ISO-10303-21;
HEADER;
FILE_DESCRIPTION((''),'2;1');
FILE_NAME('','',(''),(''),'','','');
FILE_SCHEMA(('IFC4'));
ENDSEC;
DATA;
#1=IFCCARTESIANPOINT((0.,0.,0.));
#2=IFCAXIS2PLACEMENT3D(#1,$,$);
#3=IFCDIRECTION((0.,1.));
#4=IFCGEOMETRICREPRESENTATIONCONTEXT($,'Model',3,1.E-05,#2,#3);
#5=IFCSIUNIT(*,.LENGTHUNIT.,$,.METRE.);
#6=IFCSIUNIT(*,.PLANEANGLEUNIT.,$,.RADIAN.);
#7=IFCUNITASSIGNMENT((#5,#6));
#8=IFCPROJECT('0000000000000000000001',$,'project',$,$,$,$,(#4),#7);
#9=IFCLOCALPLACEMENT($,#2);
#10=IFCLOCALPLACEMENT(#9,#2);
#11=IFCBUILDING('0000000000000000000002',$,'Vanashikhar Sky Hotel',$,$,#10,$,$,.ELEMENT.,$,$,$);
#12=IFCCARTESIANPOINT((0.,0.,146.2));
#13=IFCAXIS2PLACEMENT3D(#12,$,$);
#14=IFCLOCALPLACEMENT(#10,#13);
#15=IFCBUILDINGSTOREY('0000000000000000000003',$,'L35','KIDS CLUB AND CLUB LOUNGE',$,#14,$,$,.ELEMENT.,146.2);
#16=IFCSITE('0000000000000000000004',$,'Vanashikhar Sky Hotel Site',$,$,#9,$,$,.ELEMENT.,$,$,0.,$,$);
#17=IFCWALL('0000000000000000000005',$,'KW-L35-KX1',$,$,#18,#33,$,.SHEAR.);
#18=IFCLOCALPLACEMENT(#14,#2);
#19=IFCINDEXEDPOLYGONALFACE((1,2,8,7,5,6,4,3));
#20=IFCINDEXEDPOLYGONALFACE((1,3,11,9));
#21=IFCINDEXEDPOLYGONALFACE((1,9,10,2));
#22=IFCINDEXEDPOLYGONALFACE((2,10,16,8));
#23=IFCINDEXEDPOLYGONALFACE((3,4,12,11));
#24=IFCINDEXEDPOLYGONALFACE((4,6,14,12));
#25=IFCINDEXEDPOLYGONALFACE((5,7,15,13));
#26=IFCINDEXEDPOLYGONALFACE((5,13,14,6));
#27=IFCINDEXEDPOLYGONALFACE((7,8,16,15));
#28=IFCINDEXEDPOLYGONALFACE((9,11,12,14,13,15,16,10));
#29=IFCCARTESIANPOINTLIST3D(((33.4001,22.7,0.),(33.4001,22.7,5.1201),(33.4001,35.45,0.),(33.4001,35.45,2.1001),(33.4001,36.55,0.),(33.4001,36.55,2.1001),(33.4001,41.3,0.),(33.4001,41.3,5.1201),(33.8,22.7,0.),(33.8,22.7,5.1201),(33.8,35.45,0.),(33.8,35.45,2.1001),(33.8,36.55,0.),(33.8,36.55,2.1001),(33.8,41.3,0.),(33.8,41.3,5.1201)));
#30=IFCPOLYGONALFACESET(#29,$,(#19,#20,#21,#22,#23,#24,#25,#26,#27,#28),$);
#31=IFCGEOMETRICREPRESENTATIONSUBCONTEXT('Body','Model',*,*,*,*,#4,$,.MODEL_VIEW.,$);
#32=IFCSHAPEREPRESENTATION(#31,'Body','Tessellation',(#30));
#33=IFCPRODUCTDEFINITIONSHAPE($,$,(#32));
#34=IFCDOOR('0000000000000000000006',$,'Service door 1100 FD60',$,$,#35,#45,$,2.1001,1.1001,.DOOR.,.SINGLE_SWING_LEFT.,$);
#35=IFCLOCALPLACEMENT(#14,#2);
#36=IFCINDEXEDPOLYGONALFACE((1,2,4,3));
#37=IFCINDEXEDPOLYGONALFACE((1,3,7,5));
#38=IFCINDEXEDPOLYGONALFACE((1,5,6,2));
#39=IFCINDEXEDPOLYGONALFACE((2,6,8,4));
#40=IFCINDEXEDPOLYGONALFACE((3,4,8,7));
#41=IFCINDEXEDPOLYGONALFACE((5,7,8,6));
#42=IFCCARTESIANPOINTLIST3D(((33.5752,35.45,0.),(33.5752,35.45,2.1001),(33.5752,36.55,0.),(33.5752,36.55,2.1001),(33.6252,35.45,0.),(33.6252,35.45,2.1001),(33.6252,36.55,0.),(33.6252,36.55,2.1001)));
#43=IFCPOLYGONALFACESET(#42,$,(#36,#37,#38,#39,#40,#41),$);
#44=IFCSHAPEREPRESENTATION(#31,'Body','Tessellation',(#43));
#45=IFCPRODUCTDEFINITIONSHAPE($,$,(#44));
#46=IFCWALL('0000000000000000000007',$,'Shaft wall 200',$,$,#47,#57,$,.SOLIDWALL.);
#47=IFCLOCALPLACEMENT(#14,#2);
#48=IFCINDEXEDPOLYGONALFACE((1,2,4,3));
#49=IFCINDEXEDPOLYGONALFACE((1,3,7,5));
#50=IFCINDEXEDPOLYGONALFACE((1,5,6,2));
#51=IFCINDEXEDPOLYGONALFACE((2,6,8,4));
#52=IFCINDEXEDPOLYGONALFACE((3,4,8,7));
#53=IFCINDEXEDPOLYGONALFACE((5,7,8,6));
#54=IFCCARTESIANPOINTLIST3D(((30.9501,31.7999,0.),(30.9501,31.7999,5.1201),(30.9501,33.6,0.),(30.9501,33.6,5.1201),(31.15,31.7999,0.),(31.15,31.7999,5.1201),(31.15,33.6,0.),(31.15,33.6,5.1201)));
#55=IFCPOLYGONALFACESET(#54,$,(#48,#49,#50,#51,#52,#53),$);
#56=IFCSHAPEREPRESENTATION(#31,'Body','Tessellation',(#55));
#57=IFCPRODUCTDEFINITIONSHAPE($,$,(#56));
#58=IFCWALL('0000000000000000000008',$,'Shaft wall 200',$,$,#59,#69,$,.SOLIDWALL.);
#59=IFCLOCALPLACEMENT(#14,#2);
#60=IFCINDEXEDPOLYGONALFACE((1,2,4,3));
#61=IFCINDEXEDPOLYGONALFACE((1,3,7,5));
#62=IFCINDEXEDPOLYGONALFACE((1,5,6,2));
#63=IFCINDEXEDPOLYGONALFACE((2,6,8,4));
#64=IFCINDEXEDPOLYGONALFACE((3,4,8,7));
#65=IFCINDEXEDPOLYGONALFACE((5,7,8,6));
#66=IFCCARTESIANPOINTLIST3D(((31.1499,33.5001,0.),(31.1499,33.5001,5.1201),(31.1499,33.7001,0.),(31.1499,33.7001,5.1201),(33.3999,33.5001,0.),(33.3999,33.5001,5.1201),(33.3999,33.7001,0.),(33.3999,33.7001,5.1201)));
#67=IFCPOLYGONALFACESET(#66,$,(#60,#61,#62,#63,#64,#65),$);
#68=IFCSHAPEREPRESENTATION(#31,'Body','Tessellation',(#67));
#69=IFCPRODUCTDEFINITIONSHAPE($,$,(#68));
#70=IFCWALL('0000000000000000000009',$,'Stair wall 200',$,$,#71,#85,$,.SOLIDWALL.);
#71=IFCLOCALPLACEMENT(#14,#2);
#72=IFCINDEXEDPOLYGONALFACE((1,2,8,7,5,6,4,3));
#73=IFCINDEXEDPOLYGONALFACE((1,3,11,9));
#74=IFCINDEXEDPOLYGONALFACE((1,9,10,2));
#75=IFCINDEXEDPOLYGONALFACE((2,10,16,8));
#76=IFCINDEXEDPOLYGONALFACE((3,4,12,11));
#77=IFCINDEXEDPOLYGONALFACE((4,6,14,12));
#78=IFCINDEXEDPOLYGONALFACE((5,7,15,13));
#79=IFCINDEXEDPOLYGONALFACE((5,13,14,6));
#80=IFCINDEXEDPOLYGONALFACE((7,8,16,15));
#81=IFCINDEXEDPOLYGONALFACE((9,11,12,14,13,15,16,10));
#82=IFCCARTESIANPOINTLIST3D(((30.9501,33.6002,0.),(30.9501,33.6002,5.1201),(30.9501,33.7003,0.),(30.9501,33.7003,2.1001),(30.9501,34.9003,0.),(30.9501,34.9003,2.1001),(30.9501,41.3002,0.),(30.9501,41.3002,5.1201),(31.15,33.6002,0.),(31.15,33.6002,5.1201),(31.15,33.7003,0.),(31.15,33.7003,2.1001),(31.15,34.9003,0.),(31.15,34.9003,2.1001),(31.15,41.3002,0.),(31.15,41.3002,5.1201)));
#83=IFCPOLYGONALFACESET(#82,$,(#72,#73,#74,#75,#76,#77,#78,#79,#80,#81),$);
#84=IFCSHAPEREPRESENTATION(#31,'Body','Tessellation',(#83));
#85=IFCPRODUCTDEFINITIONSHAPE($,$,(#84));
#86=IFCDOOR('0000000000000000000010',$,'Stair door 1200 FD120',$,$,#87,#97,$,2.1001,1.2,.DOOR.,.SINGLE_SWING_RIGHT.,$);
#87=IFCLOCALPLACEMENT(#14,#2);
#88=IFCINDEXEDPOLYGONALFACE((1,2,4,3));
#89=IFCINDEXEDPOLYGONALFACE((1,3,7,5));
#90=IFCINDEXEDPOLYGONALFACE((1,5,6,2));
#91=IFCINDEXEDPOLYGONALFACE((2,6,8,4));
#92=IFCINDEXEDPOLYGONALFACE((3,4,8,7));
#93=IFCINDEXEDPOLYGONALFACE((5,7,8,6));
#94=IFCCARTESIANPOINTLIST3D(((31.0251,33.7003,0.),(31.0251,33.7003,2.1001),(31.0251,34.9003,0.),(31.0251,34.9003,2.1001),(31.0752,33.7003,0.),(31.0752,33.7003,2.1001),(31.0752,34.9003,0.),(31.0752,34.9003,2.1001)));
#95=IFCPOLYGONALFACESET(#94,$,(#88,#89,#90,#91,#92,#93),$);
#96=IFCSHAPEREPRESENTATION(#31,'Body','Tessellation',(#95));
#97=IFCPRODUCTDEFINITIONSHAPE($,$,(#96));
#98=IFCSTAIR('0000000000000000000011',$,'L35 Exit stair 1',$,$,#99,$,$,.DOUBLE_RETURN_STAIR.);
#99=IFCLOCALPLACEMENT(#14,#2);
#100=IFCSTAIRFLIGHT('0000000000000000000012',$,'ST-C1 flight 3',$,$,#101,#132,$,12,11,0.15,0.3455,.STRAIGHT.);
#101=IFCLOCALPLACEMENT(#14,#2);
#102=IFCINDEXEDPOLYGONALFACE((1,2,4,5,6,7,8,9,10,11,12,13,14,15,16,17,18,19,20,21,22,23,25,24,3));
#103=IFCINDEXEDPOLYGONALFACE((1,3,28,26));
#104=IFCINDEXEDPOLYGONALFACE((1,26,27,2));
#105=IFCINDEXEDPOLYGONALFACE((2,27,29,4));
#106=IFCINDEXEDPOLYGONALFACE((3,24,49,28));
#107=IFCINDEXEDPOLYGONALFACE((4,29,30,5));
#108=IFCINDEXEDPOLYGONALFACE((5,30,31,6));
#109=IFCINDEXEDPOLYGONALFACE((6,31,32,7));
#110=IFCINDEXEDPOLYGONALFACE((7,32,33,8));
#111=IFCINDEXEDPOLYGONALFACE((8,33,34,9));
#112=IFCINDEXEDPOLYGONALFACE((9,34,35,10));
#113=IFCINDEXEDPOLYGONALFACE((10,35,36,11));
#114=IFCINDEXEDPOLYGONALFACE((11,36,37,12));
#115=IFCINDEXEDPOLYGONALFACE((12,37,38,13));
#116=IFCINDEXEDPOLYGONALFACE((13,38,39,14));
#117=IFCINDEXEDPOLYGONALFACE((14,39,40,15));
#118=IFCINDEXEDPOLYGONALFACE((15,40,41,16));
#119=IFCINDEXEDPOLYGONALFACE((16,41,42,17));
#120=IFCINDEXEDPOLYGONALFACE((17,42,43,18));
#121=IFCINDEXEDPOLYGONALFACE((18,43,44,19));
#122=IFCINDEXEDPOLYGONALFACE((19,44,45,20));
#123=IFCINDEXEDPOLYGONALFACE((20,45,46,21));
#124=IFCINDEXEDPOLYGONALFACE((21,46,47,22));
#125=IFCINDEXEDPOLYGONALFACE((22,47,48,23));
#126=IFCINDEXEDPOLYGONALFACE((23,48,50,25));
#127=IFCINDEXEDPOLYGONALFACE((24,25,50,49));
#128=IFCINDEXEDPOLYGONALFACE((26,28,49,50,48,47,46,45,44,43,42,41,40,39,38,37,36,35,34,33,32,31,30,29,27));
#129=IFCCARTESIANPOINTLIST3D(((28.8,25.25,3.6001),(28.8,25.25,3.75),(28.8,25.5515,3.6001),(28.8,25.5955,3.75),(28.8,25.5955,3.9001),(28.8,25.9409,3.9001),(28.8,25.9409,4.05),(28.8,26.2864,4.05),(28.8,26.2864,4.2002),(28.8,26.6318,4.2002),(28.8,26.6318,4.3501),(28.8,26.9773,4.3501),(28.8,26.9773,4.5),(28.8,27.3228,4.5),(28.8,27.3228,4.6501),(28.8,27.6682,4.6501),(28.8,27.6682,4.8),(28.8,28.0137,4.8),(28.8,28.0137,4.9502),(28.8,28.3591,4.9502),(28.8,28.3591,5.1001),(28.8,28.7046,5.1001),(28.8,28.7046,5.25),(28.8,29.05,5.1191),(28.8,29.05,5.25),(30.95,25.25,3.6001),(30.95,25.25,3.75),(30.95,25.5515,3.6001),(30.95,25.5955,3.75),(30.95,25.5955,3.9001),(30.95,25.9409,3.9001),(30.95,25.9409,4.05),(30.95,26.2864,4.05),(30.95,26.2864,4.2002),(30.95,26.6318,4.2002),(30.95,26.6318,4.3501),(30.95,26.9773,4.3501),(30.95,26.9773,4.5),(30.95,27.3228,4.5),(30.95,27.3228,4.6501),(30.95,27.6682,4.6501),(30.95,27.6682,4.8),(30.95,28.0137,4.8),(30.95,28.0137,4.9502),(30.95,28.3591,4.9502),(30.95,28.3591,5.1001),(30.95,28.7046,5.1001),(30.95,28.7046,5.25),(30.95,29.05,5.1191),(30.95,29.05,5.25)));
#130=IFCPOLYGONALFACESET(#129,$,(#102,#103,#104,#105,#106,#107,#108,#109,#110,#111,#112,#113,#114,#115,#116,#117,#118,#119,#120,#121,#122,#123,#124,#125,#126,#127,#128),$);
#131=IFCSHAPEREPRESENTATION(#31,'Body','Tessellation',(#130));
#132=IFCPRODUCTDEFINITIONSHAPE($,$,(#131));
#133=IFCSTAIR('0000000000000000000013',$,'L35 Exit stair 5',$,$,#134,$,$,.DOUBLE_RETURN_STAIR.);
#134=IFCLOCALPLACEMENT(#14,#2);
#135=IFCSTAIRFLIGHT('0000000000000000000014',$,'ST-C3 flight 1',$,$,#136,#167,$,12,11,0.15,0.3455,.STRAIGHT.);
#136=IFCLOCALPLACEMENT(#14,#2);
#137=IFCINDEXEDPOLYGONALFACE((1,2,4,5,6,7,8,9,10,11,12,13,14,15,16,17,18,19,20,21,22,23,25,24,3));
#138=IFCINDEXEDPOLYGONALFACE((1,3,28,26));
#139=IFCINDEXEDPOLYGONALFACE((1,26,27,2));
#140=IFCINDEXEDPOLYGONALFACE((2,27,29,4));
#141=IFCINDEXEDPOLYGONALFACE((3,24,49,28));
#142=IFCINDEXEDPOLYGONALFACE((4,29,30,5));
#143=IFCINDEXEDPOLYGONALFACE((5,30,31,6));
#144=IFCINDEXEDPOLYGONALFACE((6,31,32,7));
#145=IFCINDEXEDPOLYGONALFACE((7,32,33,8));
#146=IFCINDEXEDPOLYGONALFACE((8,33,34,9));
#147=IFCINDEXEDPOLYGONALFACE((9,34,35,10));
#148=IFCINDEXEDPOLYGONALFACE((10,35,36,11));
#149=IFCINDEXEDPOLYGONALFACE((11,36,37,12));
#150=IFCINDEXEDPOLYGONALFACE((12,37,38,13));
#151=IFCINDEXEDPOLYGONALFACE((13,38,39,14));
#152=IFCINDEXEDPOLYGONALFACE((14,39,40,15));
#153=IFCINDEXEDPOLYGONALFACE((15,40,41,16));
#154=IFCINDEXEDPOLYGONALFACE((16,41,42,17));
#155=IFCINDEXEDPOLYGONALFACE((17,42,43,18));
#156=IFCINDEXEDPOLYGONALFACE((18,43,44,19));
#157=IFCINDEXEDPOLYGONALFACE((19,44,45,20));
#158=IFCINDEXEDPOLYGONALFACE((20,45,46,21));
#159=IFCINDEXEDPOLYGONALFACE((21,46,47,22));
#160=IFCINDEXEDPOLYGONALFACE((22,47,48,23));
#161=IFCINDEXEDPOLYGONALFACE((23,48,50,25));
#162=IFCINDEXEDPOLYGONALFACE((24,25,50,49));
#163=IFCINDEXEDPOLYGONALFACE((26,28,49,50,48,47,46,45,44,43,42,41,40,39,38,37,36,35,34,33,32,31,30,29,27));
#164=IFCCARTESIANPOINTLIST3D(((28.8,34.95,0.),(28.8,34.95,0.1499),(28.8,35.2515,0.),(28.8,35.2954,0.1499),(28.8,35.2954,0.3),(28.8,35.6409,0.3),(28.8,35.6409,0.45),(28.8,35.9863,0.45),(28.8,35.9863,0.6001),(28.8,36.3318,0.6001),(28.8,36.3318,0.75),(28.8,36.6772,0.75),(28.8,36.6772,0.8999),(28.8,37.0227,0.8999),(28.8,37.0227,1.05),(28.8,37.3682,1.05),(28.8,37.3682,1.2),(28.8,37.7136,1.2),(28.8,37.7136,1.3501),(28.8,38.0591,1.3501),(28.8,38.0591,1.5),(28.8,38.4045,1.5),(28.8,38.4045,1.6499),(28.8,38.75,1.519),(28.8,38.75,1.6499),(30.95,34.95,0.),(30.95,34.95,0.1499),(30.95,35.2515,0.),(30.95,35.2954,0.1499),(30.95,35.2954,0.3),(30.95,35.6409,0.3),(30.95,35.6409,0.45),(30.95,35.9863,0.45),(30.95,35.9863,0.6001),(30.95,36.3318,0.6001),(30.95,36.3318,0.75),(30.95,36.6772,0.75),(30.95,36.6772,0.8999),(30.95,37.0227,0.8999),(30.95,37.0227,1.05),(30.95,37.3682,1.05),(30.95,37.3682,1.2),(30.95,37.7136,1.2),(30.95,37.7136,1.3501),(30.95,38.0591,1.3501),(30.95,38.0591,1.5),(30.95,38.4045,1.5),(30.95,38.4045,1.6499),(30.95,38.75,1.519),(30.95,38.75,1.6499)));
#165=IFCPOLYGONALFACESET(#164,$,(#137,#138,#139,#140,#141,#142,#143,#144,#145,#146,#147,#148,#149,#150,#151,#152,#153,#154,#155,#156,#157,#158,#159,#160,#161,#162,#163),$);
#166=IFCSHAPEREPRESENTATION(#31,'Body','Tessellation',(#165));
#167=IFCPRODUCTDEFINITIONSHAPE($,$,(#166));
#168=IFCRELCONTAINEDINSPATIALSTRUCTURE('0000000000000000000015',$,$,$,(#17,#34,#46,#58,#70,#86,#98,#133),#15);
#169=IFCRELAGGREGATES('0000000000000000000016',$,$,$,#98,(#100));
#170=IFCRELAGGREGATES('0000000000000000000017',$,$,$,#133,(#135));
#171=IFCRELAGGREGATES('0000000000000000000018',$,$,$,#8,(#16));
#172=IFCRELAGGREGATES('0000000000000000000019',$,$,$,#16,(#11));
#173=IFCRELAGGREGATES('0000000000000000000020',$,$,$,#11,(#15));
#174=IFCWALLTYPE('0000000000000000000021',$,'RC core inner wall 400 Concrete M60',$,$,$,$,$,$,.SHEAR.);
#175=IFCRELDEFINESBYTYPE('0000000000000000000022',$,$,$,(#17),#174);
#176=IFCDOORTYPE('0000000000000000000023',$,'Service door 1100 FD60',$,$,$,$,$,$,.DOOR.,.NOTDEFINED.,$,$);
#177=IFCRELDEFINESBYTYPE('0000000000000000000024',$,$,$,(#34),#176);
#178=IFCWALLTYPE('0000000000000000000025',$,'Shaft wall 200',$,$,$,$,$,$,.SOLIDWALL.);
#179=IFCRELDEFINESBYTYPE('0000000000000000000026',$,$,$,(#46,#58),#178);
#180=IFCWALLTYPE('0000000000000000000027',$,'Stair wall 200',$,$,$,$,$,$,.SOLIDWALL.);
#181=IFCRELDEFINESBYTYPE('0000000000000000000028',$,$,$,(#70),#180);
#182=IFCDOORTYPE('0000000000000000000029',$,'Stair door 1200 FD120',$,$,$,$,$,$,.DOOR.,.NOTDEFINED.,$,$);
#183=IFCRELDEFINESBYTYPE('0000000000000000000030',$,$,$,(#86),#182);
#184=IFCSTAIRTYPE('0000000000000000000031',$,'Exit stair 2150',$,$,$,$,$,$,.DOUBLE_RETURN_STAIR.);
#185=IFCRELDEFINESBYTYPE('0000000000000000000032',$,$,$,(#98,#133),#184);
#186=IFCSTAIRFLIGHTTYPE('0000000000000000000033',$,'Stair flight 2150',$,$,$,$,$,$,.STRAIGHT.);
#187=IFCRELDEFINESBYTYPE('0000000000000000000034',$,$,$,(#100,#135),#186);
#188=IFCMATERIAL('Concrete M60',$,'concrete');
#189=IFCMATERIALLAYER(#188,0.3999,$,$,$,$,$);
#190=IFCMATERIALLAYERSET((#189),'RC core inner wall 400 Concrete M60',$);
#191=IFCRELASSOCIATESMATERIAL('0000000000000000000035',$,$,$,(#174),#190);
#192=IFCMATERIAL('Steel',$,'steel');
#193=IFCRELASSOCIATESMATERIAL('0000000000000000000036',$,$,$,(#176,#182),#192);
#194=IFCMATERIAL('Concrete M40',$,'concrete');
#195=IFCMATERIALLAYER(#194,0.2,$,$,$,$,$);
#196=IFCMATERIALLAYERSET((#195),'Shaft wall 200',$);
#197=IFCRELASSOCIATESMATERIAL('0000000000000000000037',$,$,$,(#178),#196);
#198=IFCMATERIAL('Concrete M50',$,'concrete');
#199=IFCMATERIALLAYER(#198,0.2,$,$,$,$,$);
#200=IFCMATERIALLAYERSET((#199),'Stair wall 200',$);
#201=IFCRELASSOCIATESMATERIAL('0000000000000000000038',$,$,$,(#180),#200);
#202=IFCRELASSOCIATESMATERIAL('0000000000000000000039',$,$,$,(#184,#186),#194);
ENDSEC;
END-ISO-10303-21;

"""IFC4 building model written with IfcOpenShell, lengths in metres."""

from ifc_helpers import new_model, si_unit, direction, frame, frame_2d, origin, place, context, subcontext, project, spatial, polyline, rectangle, outline, extrude, source, transform, mapped, material, layer, layer_set, type_object, element, fill, aggregate, save


model = new_model("IFC4")

# Units and contexts
model_context = context("Model", 3, precision=1e-05, world=origin(), true_north=direction((0.0, 1.0)))
body_context = subcontext(model_context, "Body", "Model", "MODEL_VIEW")
ifc_project = project(units=[si_unit("LENGTHUNIT", "METRE"), si_unit("PLANEANGLEUNIT", "RADIAN")], contexts=[model_context])

# Site, building, storey
site_placement = place(None, origin())
site = spatial("IfcSite", under=ifc_project, at=site_placement, Name="Vanashikhar Sky Hotel Site", CompositionType="ELEMENT", RefElevation=0.0)
building_placement = place(site_placement, origin())
building = spatial("IfcBuilding", under=site, at=building_placement, Name="Vanashikhar Sky Hotel", CompositionType="ELEMENT")
storey_placement = place(building_placement, frame((0.0, 0.0, 146.2)))
storey = spatial("IfcBuildingStorey", under=building, at=storey_placement, Name="L35", Description="KIDS CLUB AND CLUB LOUNGE", CompositionType="ELEMENT", Elevation=146.2)

# Wall, opening, door
ifc_material_1 = material(Name="Concrete M60", Category="concrete")
ifc_layer_1 = layer(ifc_material_1, 0.3999)
ifc_layer_set_1 = layer_set([ifc_layer_1], Name="RC core inner wall 400 Concrete M60")
wall_type_1 = type_object("IfcWallType", Name="RC core inner wall 400 Concrete M60", PredefinedType="SHEAR", material=ifc_layer_set_1)
shared_shape_1 = source(origin(), body_context, "Body", "SweptSolid", [
    extrude(rectangle(XDim=18.6001, YDim=0.3999, at=frame_2d((9.3, 0.0))), origin(), (0.0, 0.0, 1.0), 5.1201),
])
wall_1_placement = place(storey_placement, frame((33.6001, 22.7, 0.0), z_axis=(0.0, 0.0, 1.0), x_axis=(0.0, 1.0, 0.0)))
wall_1 = element("IfcWall", 1, at=wall_1_placement, inside=storey, type_object=wall_type_1, Name="KW-L35-KX1", PredefinedType="SHEAR", context=body_context, shape_type="MappedRepresentation", body=[
    mapped(shared_shape_1, transform((0.0, 0.0, 0.0), scale=1.0)),
])
shared_shape_2 = source(origin(), body_context, "Body", "SweptSolid", [
    extrude(rectangle(XDim=1.1001, YDim=2.1001, at=frame_2d((0.55, 1.05))), frame((0.0, 0.21, 0.0), z_axis=(0.0, -1.0, 0.0), x_axis=(1.0, 0.0, 0.0)), (0.0, 0.0, 1.0), 0.4199),
])
opening_1_placement = place(wall_1_placement, frame((12.75, 0.0, 0.0)))
opening_1 = element("IfcOpeningElement", 2, at=opening_1_placement, cuts=wall_1, PredefinedType="OPENING", context=body_context, shape_type="MappedRepresentation", body=[
    mapped(shared_shape_2, transform((0.0, 0.0, 0.0), scale=1.0)),
])
ifc_material_2 = material(Name="Steel", Category="steel")
door_type_1 = type_object("IfcDoorType", Name="Service door 1100 FD60", OperationType="NOTDEFINED", PredefinedType="DOOR", material=ifc_material_2)
shared_shape_3 = source(origin(), body_context, "Body", "SweptSolid", [
    extrude(rectangle(XDim=1.1001, YDim=2.1001, at=frame_2d((0.55, 1.05))), frame((0.0, 0.0249, 0.0), z_axis=(0.0, -1.0, 0.0), x_axis=(1.0, 0.0, 0.0)), (0.0, 0.0, 1.0), 0.05),
])
door_1_placement = place(opening_1_placement, origin())
door_1 = element("IfcDoor", 3, at=door_1_placement, inside=storey, type_object=door_type_1, Name="Service door 1100 FD60", OperationType="SINGLE_SWING_LEFT", OverallHeight=2.1001, OverallWidth=1.1001, PredefinedType="DOOR", context=body_context, shape_type="MappedRepresentation", body=[
    mapped(shared_shape_3, transform((0.0, 0.0, 0.0), scale=1.0)),
])
fill(opening_1, door_1)

# Walls
ifc_material_3 = material(Name="Concrete M40", Category="concrete")
ifc_layer_2 = layer(ifc_material_3, 0.2)
ifc_layer_set_2 = layer_set([ifc_layer_2], Name="Shaft wall 200")
wall_type_2 = type_object("IfcWallType", Name="Shaft wall 200", PredefinedType="SOLIDWALL", material=ifc_layer_set_2)
shared_shape_4 = source(origin(), body_context, "Body", "SweptSolid", [
    extrude(rectangle(XDim=1.8, YDim=0.2, at=frame_2d((0.8999, 0.0))), origin(), (0.0, 0.0, 1.0), 5.1201),
])
wall_2_placement = place(storey_placement, frame((31.05, 31.8, 0.0), z_axis=(0.0, 0.0, 1.0), x_axis=(0.0, 1.0, 0.0)))
element("IfcWall", 4, at=wall_2_placement, inside=storey, type_object=wall_type_2, Name="Shaft wall 200", PredefinedType="SOLIDWALL", context=body_context, shape_type="MappedRepresentation", body=[
    mapped(shared_shape_4, transform((0.0, 0.0, 0.0), scale=1.0)),
])
shared_shape_5 = source(origin(), body_context, "Body", "SweptSolid", [
    extrude(rectangle(XDim=2.25, YDim=0.2, at=frame_2d((1.125, 0.0))), origin(), (0.0, 0.0, 1.0), 5.1201),
])
wall_3_placement = place(storey_placement, frame((31.1499, 33.6001, 0.0), z_axis=(0.0, 0.0, 1.0), x_axis=(1.0, 0.0, 0.0)))
element("IfcWall", 5, at=wall_3_placement, inside=storey, type_object=wall_type_2, Name="Shaft wall 200", PredefinedType="SOLIDWALL", context=body_context, shape_type="MappedRepresentation", body=[
    mapped(shared_shape_5, transform((0.0, 0.0, 0.0), scale=1.0)),
])

# Wall, opening, door
ifc_material_4 = material(Name="Concrete M50", Category="concrete")
ifc_layer_3 = layer(ifc_material_4, 0.2)
ifc_layer_set_3 = layer_set([ifc_layer_3], Name="Stair wall 200")
wall_type_3 = type_object("IfcWallType", Name="Stair wall 200", PredefinedType="SOLIDWALL", material=ifc_layer_set_3)
shared_shape_6 = source(origin(), body_context, "Body", "SweptSolid", [
    extrude(rectangle(XDim=7.7, YDim=0.2, at=frame_2d((3.8501, 0.0))), origin(), (0.0, 0.0, 1.0), 5.1201),
])
wall_4_placement = place(storey_placement, frame((31.05, 33.6001, 0.0), z_axis=(0.0, 0.0, 1.0), x_axis=(0.0, 1.0, 0.0)))
wall_4 = element("IfcWall", 6, at=wall_4_placement, inside=storey, type_object=wall_type_3, Name="Stair wall 200", PredefinedType="SOLIDWALL", context=body_context, shape_type="MappedRepresentation", body=[
    mapped(shared_shape_6, transform((0.0, 0.0, 0.0), scale=1.0)),
])
shared_shape_7 = source(origin(), body_context, "Body", "SweptSolid", [
    extrude(rectangle(XDim=1.2, YDim=2.1001, at=frame_2d((0.6001, 1.05))), frame((0.0, 0.1099, 0.0), z_axis=(0.0, -1.0, 0.0), x_axis=(1.0, 0.0, 0.0)), (0.0, 0.0, 1.0), 0.22),
])
opening_2_placement = place(wall_4_placement, frame((0.1001, 0.0, 0.0)))
opening_2 = element("IfcOpeningElement", 7, at=opening_2_placement, cuts=wall_4, PredefinedType="OPENING", context=body_context, shape_type="MappedRepresentation", body=[
    mapped(shared_shape_7, transform((0.0, 0.0, 0.0), scale=1.0)),
])
door_type_2 = type_object("IfcDoorType", Name="Stair door 1200 FD120", OperationType="NOTDEFINED", PredefinedType="DOOR", material=ifc_material_2)
shared_shape_8 = source(origin(), body_context, "Body", "SweptSolid", [
    extrude(rectangle(XDim=1.2, YDim=2.1001, at=frame_2d((0.6001, 1.05))), frame((0.0, 0.0249, 0.0), z_axis=(0.0, -1.0, 0.0), x_axis=(1.0, 0.0, 0.0)), (0.0, 0.0, 1.0), 0.05),
])
door_2_placement = place(opening_2_placement, origin())
door_2 = element("IfcDoor", 8, at=door_2_placement, inside=storey, type_object=door_type_2, Name="Stair door 1200 FD120", OperationType="SINGLE_SWING_RIGHT", OverallHeight=2.1001, OverallWidth=1.2, PredefinedType="DOOR", context=body_context, shape_type="MappedRepresentation", body=[
    mapped(shared_shape_8, transform((0.0, 0.0, 0.0), scale=1.0)),
])
fill(opening_2, door_2)

# Stair, stair flight
stair_type = type_object("IfcStairType", Name="Exit stair 2150", PredefinedType="DOUBLE_RETURN_STAIR", material=ifc_material_3)
stair_1_placement = place(storey_placement, origin())
stair_1 = element("IfcStair", 9, at=stair_1_placement, inside=storey, type_object=stair_type, Name="L35 Exit stair 1", PredefinedType="DOUBLE_RETURN_STAIR")
stair_flight_type = type_object("IfcStairFlightType", Name="Stair flight 2150", PredefinedType="STRAIGHT", material=ifc_material_3)
shared_shape_9 = source(origin(), body_context, "Body", "SweptSolid", [
    extrude(outline(polyline([(0.0, 0.0), (0.0, 0.1499), (0.3455, 0.1499), (0.3455, 0.3), (0.6909, 0.3), (0.6909, 0.45), (1.0364, 0.45), (1.0364, 0.6001), (1.3818, 0.6001), (1.3818, 0.75), (1.7273, 0.75), (1.7273, 0.8999), (2.0728, 0.8999), (2.0728, 1.05), (2.4182, 1.05), (2.4182, 1.2), (2.7637, 1.2), (2.7637, 1.3501), (3.1091, 1.3501), (3.1091, 1.5), (3.4546, 1.5), (3.4546, 1.6499), (3.8, 1.6499), (3.8, 1.8), (3.8, 1.519), (0.3015, 0.0), (0.0, 0.0)])), frame((0.0, 1.075, 0.0), z_axis=(0.0, -1.0, 0.0), x_axis=(1.0, 0.0, 0.0)), (0.0, 0.0, 1.0), 2.1499),
])
stair_flight_1_placement = place(storey_placement, frame((29.875, 25.25, 3.6001), z_axis=(0.0, 0.0, 1.0), x_axis=(0.0, 1.0, 0.0)))
stair_flight_1 = element("IfcStairFlight", 10, at=stair_flight_1_placement, type_object=stair_flight_type, Name="ST-C1 flight 3", NumberOfRisers=12, NumberOfTreads=11, PredefinedType="STRAIGHT", RiserHeight=0.15, TreadLength=0.3455, context=body_context, shape_type="MappedRepresentation", body=[
    mapped(shared_shape_9, transform((0.0, 0.0, 0.0), scale=1.0)),
])
aggregate(stair_1, [stair_flight_1])

# Stair, stair flight
stair_2_placement = place(storey_placement, origin())
stair_2 = element("IfcStair", 11, at=stair_2_placement, inside=storey, type_object=stair_type, Name="L35 Exit stair 5", PredefinedType="DOUBLE_RETURN_STAIR")
stair_flight_2_placement = place(storey_placement, frame((29.875, 34.95, 0.0), z_axis=(0.0, 0.0, 1.0), x_axis=(0.0, 1.0, 0.0)))
stair_flight_2 = element("IfcStairFlight", 12, at=stair_flight_2_placement, type_object=stair_flight_type, Name="ST-C3 flight 1", NumberOfRisers=12, NumberOfTreads=11, PredefinedType="STRAIGHT", RiserHeight=0.15, TreadLength=0.3455, context=body_context, shape_type="MappedRepresentation", body=[
    mapped(shared_shape_9, transform((0.0, 0.0, 0.0), scale=1.0)),
])
aggregate(stair_2, [stair_flight_2])

save(model, "model.ifc")
